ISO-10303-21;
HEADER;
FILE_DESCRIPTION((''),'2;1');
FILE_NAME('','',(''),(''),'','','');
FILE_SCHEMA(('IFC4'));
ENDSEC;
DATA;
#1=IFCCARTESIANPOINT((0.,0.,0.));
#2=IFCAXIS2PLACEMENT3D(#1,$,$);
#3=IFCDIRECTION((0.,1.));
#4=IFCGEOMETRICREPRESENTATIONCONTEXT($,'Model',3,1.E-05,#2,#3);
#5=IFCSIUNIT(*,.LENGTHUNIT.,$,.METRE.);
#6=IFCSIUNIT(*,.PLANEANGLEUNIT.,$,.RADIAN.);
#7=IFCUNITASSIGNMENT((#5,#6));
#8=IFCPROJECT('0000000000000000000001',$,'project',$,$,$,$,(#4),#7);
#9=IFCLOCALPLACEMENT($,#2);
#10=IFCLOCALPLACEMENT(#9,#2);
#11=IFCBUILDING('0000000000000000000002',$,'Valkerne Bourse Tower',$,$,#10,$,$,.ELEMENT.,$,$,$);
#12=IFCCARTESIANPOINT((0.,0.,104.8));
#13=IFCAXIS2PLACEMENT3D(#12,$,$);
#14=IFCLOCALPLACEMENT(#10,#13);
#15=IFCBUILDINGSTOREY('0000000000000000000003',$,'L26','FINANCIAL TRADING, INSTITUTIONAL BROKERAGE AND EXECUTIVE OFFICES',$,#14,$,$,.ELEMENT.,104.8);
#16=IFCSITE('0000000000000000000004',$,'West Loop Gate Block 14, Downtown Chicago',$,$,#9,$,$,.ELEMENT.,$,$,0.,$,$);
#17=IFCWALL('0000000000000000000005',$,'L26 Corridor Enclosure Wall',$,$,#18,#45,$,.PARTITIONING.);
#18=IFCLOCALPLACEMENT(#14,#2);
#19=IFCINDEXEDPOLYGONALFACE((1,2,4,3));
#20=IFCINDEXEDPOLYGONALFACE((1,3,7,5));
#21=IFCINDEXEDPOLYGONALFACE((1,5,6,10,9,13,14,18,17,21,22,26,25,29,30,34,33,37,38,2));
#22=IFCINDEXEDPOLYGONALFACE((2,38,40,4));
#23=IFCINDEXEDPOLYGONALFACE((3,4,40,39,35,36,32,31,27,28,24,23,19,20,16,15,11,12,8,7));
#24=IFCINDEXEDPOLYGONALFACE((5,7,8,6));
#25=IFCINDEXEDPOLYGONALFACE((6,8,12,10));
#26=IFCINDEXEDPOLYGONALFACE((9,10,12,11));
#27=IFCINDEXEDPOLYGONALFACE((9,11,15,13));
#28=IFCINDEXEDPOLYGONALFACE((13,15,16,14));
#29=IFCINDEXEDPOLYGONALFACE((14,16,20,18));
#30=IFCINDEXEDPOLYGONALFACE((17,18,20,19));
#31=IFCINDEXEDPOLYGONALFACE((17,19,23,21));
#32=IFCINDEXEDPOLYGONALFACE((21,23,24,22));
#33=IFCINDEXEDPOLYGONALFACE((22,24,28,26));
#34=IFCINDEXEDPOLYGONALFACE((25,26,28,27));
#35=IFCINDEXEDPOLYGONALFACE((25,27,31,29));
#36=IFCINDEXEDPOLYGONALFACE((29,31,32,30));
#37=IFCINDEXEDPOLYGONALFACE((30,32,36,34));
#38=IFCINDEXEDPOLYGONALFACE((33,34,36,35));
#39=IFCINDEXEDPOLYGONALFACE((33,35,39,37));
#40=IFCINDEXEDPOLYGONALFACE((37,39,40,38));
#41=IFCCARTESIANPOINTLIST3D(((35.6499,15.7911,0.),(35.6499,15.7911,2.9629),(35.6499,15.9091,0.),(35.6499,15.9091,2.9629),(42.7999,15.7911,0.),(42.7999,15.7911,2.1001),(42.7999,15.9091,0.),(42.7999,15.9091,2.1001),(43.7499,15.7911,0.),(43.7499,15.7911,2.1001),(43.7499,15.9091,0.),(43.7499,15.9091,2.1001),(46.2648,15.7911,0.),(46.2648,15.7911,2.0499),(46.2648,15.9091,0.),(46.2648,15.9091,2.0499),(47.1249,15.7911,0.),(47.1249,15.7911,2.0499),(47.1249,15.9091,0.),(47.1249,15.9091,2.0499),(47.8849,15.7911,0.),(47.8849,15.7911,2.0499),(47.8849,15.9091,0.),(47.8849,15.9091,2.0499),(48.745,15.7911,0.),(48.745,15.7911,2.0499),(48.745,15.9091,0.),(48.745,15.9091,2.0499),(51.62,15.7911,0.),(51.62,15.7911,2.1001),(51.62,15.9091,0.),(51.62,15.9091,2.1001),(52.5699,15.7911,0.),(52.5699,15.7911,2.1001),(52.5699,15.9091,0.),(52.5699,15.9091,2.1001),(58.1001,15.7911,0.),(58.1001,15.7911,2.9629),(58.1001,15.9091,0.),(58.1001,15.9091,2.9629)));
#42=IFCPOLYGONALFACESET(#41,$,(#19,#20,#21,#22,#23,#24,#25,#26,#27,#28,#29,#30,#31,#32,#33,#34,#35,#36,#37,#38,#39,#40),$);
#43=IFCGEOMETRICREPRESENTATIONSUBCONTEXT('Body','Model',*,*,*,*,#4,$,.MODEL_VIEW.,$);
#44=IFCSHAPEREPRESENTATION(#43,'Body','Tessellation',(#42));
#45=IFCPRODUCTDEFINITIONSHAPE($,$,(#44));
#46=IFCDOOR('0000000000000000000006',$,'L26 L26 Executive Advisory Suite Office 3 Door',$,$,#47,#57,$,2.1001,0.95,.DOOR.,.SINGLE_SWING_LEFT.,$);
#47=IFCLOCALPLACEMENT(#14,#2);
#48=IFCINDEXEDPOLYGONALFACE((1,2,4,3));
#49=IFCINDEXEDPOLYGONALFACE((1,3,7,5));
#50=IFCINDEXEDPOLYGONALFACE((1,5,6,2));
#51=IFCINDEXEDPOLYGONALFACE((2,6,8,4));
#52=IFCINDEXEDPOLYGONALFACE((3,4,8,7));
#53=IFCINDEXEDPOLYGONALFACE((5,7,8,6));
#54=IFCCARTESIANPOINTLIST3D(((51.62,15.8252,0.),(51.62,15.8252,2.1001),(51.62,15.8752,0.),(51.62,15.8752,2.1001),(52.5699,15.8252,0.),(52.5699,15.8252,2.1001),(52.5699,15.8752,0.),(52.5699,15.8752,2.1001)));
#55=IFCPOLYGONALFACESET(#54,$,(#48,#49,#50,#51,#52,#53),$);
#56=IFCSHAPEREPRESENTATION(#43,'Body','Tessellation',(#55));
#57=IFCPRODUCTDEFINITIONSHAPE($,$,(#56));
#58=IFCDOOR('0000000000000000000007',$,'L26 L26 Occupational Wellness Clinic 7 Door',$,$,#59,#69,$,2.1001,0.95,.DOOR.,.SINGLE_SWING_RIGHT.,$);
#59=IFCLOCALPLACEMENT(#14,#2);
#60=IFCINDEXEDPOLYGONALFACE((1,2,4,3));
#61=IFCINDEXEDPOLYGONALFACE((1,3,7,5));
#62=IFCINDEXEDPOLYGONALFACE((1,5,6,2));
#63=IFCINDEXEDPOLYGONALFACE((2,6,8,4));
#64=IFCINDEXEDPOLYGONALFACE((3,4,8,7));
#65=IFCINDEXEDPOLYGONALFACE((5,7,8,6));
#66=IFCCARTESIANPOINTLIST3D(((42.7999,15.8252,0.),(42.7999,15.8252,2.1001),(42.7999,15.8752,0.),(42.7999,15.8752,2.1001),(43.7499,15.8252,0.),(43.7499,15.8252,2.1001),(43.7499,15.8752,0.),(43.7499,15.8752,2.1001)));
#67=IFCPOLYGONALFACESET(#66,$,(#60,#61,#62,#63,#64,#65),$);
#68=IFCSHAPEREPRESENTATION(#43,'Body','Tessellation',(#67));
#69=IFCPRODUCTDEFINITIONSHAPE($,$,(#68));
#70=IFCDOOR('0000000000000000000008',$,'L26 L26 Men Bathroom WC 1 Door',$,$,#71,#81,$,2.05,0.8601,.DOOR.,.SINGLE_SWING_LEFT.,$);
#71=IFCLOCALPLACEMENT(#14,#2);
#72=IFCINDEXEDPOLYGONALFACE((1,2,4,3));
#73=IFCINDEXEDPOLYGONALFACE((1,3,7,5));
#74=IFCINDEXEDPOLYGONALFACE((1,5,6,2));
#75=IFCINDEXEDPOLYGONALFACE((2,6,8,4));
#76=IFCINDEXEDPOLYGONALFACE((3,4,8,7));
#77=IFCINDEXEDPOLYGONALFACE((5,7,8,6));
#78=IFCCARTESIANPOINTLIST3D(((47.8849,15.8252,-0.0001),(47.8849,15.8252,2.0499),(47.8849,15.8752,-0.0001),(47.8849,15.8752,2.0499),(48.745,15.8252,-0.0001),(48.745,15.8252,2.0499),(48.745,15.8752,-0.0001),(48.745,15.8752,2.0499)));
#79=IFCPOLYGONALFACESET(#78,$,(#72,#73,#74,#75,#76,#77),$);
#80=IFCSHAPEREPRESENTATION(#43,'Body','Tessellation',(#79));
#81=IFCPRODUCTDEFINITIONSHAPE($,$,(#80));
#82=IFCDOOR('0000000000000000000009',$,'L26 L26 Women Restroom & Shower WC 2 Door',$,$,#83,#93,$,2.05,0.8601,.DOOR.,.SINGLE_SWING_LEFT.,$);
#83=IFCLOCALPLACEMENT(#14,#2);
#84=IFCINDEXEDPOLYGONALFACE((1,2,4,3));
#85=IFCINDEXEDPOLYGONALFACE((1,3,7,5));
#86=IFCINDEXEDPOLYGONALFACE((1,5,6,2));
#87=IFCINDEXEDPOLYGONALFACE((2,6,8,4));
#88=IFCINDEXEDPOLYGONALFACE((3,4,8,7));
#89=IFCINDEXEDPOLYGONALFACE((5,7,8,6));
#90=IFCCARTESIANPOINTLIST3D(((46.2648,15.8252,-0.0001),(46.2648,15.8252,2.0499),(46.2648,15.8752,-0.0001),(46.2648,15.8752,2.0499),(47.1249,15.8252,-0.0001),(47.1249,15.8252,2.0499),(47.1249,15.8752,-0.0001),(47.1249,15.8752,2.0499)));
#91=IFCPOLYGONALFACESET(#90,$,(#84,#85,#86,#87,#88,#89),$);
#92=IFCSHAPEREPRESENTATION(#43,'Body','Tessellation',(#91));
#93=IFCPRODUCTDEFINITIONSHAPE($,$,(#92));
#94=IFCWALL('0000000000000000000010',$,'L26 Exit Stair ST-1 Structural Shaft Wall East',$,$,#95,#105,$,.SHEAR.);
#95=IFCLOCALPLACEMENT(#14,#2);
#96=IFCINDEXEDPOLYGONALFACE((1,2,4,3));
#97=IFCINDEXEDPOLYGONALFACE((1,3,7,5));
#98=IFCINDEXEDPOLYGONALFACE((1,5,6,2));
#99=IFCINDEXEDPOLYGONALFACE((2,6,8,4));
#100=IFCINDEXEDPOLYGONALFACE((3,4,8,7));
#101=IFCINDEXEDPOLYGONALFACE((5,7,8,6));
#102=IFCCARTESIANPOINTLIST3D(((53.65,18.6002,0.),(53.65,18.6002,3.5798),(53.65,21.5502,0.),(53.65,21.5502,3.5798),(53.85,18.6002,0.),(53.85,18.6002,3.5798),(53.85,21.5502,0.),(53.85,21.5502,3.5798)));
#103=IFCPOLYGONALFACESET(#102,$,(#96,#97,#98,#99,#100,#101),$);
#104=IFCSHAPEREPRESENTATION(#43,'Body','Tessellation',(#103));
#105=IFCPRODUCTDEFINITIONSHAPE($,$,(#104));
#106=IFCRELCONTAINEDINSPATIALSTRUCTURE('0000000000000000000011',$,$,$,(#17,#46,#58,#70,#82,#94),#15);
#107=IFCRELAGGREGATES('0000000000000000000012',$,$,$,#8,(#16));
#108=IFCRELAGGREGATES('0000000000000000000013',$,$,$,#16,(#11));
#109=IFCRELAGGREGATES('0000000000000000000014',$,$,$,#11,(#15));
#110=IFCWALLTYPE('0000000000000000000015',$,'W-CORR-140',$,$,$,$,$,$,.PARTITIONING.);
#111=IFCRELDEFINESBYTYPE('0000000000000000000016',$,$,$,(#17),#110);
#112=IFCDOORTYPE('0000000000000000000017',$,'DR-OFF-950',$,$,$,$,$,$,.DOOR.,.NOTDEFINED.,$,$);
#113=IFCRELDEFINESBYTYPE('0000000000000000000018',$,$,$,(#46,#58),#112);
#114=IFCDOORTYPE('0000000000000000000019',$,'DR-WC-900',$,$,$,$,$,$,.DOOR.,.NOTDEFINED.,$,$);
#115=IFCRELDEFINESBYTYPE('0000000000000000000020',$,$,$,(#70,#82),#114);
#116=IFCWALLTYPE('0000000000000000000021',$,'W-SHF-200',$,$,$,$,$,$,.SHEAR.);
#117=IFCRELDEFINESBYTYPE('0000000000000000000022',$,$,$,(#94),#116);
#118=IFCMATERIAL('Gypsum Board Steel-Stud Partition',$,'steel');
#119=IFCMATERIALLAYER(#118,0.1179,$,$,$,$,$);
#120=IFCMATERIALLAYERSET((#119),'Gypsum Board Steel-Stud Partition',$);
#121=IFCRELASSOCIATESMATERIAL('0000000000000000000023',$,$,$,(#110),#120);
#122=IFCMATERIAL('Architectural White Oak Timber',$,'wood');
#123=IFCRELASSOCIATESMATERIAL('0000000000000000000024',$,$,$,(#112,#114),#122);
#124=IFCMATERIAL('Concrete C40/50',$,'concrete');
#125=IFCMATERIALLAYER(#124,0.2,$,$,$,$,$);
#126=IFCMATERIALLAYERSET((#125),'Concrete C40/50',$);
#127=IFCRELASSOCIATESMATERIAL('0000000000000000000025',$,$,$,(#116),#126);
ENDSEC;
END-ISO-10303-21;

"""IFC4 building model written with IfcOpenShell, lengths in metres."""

from ifc_helpers import new_model, si_unit, direction, frame, frame_2d, origin, place, context, subcontext, project, spatial, rectangle, extrude, material, layer, layer_set, type_object, element, fill, save


model = new_model("IFC4")

# Units and contexts
model_context = context("Model", 3, precision=1e-05, world=origin(), true_north=direction((0.0, 1.0)))
body_context = subcontext(model_context, "Body", "Model", "MODEL_VIEW")
ifc_project = project(units=[si_unit("LENGTHUNIT", "METRE"), si_unit("PLANEANGLEUNIT", "RADIAN")], contexts=[model_context])

# Site, building, storey
site_placement = place(None, origin())
site = spatial("IfcSite", under=ifc_project, at=site_placement, Name="West Loop Gate Block 14, Downtown Chicago", CompositionType="ELEMENT", RefElevation=0.0)
building_placement = place(site_placement, origin())
building = spatial("IfcBuilding", under=site, at=building_placement, Name="Valkerne Bourse Tower", CompositionType="ELEMENT")
storey_placement = place(building_placement, frame((0.0, 0.0, 104.8)))
storey = spatial("IfcBuildingStorey", under=building, at=storey_placement, Name="L26", Description="FINANCIAL TRADING, INSTITUTIONAL BROKERAGE AND EXECUTIVE OFFICES", CompositionType="ELEMENT", Elevation=104.8)

# Wall, openings, doors
ifc_material_1 = material(Name="Gypsum Board Steel-Stud Partition", Category="steel")
ifc_layer_1 = layer(ifc_material_1, 0.1179)
ifc_layer_set_1 = layer_set([ifc_layer_1], Name="Gypsum Board Steel-Stud Partition")
wall_type_1 = type_object("IfcWallType", Name="W-CORR-140", PredefinedType="PARTITIONING", material=ifc_layer_set_1)
wall_1_placement = place(storey_placement, frame((58.1001, 15.8501, 0.0), z_axis=(0.0, 0.0, 1.0), x_axis=(-1.0, 0.0, 0.0)))
wall_1 = element("IfcWall", 1, at=wall_1_placement, inside=storey, type_object=wall_type_1, Name="L26 Corridor Enclosure Wall", PredefinedType="PARTITIONING", context=body_context, shape_type="SweptSolid", body=[
    extrude(rectangle(XDim=22.4502, YDim=0.1179, at=frame_2d((11.2251, 0.0))), origin(), (0.0, 0.0, 1.0), 2.9629),
])
opening_1_placement = place(wall_1_placement, frame((9.355, 0.0, 0.0)))
opening_1 = element("IfcOpeningElement", 2, at=opening_1_placement, cuts=wall_1, PredefinedType="OPENING", context=body_context, shape_type="SweptSolid", body=[
    extrude(rectangle(XDim=0.8601, YDim=2.05, at=frame_2d((0.4302, 1.0249))), frame((0.0, 0.0688, 0.0), z_axis=(0.0, -1.0, 0.0), x_axis=(1.0, 0.0, 0.0)), (0.0, 0.0, 1.0), 0.1379),
])
opening_2_placement = place(wall_1_placement, frame((10.9751, 0.0, 0.0)))
opening_2 = element("IfcOpeningElement", 3, at=opening_2_placement, cuts=wall_1, PredefinedType="OPENING", context=body_context, shape_type="SweptSolid", body=[
    extrude(rectangle(XDim=0.8601, YDim=2.05, at=frame_2d((0.4302, 1.0249))), frame((0.0, 0.0688, 0.0), z_axis=(0.0, -1.0, 0.0), x_axis=(1.0, 0.0, 0.0)), (0.0, 0.0, 1.0), 0.1379),
])
opening_3_placement = place(wall_1_placement, frame((5.53, 0.0, 0.0)))
opening_3 = element("IfcOpeningElement", 4, at=opening_3_placement, cuts=wall_1, PredefinedType="OPENING", context=body_context, shape_type="SweptSolid", body=[
    extrude(rectangle(XDim=0.95, YDim=2.1001, at=frame_2d((0.4751, 1.05))), frame((0.0, 0.0688, 0.0), z_axis=(0.0, -1.0, 0.0), x_axis=(1.0, 0.0, 0.0)), (0.0, 0.0, 1.0), 0.1379),
])
opening_4_placement = place(wall_1_placement, frame((14.3501, 0.0, 0.0)))
opening_4 = element("IfcOpeningElement", 5, at=opening_4_placement, cuts=wall_1, PredefinedType="OPENING", context=body_context, shape_type="SweptSolid", body=[
    extrude(rectangle(XDim=0.95, YDim=2.1001, at=frame_2d((0.4751, 1.05))), frame((0.0, 0.0688, 0.0), z_axis=(0.0, -1.0, 0.0), x_axis=(1.0, 0.0, 0.0)), (0.0, 0.0, 1.0), 0.1379),
])
ifc_material_2 = material(Name="Architectural White Oak Timber", Category="wood")
door_type_1 = type_object("IfcDoorType", Name="DR-OFF-950", OperationType="NOTDEFINED", PredefinedType="DOOR", material=ifc_material_2)
door_1_placement = place(opening_3_placement, origin())
door_1 = element("IfcDoor", 6, at=door_1_placement, inside=storey, type_object=door_type_1, Name="L26 L26 Executive Advisory Suite Office 3 Door", OperationType="SINGLE_SWING_LEFT", OverallHeight=2.1001, OverallWidth=0.95, PredefinedType="DOOR", context=body_context, shape_type="SweptSolid", body=[
    extrude(rectangle(XDim=0.95, YDim=2.1001, at=frame_2d((0.4751, 1.05))), frame((0.0, 0.0249, 0.0), z_axis=(0.0, -1.0, 0.0), x_axis=(1.0, 0.0, 0.0)), (0.0, 0.0, 1.0), 0.05),
])
fill(opening_3, door_1)
door_2_placement = place(opening_4_placement, origin())
door_2 = element("IfcDoor", 7, at=door_2_placement, inside=storey, type_object=door_type_1, Name="L26 L26 Occupational Wellness Clinic 7 Door", OperationType="SINGLE_SWING_RIGHT", OverallHeight=2.1001, OverallWidth=0.95, PredefinedType="DOOR", context=body_context, shape_type="SweptSolid", body=[
    extrude(rectangle(XDim=0.95, YDim=2.1001, at=frame_2d((0.4751, 1.05))), frame((0.0, 0.0249, 0.0), z_axis=(0.0, -1.0, 0.0), x_axis=(1.0, 0.0, 0.0)), (0.0, 0.0, 1.0), 0.05),
])
fill(opening_4, door_2)
door_type_2 = type_object("IfcDoorType", Name="DR-WC-900", OperationType="NOTDEFINED", PredefinedType="DOOR", material=ifc_material_2)
door_3_placement = place(opening_1_placement, origin())
door_3 = element("IfcDoor", 8, at=door_3_placement, inside=storey, type_object=door_type_2, Name="L26 L26 Men Bathroom WC 1 Door", OperationType="SINGLE_SWING_LEFT", OverallHeight=2.05, OverallWidth=0.8601, PredefinedType="DOOR", context=body_context, shape_type="SweptSolid", body=[
    extrude(rectangle(XDim=0.8601, YDim=2.05, at=frame_2d((0.4302, 1.0249))), frame((0.0, 0.0249, 0.0), z_axis=(0.0, -1.0, 0.0), x_axis=(1.0, 0.0, 0.0)), (0.0, 0.0, 1.0), 0.05),
])
fill(opening_1, door_3)
door_4_placement = place(opening_2_placement, origin())
door_4 = element("IfcDoor", 9, at=door_4_placement, inside=storey, type_object=door_type_2, Name="L26 L26 Women Restroom & Shower WC 2 Door", OperationType="SINGLE_SWING_LEFT", OverallHeight=2.05, OverallWidth=0.8601, PredefinedType="DOOR", context=body_context, shape_type="SweptSolid", body=[
    extrude(rectangle(XDim=0.8601, YDim=2.05, at=frame_2d((0.4302, 1.0249))), frame((0.0, 0.0249, 0.0), z_axis=(0.0, -1.0, 0.0), x_axis=(1.0, 0.0, 0.0)), (0.0, 0.0, 1.0), 0.05),
])
fill(opening_2, door_4)

# Wall
ifc_material_3 = material(Name="Concrete C40/50", Category="concrete")
ifc_layer_2 = layer(ifc_material_3, 0.2)
ifc_layer_set_2 = layer_set([ifc_layer_2], Name="Concrete C40/50")
wall_type_2 = type_object("IfcWallType", Name="W-SHF-200", PredefinedType="SHEAR", material=ifc_layer_set_2)
wall_2_placement = place(storey_placement, frame((53.75, 18.6001, 0.0), z_axis=(0.0, 0.0, 1.0), x_axis=(0.0, 1.0, 0.0)))
element("IfcWall", 10, at=wall_2_placement, inside=storey, type_object=wall_type_2, Name="L26 Exit Stair ST-1 Structural Shaft Wall East", PredefinedType="SHEAR", context=body_context, shape_type="SweptSolid", body=[
    extrude(rectangle(XDim=2.95, YDim=0.2, at=frame_2d((1.4751, 0.0))), origin(), (0.0, 0.0, 1.0), 3.5798),
])

save(model, "model.ifc")
